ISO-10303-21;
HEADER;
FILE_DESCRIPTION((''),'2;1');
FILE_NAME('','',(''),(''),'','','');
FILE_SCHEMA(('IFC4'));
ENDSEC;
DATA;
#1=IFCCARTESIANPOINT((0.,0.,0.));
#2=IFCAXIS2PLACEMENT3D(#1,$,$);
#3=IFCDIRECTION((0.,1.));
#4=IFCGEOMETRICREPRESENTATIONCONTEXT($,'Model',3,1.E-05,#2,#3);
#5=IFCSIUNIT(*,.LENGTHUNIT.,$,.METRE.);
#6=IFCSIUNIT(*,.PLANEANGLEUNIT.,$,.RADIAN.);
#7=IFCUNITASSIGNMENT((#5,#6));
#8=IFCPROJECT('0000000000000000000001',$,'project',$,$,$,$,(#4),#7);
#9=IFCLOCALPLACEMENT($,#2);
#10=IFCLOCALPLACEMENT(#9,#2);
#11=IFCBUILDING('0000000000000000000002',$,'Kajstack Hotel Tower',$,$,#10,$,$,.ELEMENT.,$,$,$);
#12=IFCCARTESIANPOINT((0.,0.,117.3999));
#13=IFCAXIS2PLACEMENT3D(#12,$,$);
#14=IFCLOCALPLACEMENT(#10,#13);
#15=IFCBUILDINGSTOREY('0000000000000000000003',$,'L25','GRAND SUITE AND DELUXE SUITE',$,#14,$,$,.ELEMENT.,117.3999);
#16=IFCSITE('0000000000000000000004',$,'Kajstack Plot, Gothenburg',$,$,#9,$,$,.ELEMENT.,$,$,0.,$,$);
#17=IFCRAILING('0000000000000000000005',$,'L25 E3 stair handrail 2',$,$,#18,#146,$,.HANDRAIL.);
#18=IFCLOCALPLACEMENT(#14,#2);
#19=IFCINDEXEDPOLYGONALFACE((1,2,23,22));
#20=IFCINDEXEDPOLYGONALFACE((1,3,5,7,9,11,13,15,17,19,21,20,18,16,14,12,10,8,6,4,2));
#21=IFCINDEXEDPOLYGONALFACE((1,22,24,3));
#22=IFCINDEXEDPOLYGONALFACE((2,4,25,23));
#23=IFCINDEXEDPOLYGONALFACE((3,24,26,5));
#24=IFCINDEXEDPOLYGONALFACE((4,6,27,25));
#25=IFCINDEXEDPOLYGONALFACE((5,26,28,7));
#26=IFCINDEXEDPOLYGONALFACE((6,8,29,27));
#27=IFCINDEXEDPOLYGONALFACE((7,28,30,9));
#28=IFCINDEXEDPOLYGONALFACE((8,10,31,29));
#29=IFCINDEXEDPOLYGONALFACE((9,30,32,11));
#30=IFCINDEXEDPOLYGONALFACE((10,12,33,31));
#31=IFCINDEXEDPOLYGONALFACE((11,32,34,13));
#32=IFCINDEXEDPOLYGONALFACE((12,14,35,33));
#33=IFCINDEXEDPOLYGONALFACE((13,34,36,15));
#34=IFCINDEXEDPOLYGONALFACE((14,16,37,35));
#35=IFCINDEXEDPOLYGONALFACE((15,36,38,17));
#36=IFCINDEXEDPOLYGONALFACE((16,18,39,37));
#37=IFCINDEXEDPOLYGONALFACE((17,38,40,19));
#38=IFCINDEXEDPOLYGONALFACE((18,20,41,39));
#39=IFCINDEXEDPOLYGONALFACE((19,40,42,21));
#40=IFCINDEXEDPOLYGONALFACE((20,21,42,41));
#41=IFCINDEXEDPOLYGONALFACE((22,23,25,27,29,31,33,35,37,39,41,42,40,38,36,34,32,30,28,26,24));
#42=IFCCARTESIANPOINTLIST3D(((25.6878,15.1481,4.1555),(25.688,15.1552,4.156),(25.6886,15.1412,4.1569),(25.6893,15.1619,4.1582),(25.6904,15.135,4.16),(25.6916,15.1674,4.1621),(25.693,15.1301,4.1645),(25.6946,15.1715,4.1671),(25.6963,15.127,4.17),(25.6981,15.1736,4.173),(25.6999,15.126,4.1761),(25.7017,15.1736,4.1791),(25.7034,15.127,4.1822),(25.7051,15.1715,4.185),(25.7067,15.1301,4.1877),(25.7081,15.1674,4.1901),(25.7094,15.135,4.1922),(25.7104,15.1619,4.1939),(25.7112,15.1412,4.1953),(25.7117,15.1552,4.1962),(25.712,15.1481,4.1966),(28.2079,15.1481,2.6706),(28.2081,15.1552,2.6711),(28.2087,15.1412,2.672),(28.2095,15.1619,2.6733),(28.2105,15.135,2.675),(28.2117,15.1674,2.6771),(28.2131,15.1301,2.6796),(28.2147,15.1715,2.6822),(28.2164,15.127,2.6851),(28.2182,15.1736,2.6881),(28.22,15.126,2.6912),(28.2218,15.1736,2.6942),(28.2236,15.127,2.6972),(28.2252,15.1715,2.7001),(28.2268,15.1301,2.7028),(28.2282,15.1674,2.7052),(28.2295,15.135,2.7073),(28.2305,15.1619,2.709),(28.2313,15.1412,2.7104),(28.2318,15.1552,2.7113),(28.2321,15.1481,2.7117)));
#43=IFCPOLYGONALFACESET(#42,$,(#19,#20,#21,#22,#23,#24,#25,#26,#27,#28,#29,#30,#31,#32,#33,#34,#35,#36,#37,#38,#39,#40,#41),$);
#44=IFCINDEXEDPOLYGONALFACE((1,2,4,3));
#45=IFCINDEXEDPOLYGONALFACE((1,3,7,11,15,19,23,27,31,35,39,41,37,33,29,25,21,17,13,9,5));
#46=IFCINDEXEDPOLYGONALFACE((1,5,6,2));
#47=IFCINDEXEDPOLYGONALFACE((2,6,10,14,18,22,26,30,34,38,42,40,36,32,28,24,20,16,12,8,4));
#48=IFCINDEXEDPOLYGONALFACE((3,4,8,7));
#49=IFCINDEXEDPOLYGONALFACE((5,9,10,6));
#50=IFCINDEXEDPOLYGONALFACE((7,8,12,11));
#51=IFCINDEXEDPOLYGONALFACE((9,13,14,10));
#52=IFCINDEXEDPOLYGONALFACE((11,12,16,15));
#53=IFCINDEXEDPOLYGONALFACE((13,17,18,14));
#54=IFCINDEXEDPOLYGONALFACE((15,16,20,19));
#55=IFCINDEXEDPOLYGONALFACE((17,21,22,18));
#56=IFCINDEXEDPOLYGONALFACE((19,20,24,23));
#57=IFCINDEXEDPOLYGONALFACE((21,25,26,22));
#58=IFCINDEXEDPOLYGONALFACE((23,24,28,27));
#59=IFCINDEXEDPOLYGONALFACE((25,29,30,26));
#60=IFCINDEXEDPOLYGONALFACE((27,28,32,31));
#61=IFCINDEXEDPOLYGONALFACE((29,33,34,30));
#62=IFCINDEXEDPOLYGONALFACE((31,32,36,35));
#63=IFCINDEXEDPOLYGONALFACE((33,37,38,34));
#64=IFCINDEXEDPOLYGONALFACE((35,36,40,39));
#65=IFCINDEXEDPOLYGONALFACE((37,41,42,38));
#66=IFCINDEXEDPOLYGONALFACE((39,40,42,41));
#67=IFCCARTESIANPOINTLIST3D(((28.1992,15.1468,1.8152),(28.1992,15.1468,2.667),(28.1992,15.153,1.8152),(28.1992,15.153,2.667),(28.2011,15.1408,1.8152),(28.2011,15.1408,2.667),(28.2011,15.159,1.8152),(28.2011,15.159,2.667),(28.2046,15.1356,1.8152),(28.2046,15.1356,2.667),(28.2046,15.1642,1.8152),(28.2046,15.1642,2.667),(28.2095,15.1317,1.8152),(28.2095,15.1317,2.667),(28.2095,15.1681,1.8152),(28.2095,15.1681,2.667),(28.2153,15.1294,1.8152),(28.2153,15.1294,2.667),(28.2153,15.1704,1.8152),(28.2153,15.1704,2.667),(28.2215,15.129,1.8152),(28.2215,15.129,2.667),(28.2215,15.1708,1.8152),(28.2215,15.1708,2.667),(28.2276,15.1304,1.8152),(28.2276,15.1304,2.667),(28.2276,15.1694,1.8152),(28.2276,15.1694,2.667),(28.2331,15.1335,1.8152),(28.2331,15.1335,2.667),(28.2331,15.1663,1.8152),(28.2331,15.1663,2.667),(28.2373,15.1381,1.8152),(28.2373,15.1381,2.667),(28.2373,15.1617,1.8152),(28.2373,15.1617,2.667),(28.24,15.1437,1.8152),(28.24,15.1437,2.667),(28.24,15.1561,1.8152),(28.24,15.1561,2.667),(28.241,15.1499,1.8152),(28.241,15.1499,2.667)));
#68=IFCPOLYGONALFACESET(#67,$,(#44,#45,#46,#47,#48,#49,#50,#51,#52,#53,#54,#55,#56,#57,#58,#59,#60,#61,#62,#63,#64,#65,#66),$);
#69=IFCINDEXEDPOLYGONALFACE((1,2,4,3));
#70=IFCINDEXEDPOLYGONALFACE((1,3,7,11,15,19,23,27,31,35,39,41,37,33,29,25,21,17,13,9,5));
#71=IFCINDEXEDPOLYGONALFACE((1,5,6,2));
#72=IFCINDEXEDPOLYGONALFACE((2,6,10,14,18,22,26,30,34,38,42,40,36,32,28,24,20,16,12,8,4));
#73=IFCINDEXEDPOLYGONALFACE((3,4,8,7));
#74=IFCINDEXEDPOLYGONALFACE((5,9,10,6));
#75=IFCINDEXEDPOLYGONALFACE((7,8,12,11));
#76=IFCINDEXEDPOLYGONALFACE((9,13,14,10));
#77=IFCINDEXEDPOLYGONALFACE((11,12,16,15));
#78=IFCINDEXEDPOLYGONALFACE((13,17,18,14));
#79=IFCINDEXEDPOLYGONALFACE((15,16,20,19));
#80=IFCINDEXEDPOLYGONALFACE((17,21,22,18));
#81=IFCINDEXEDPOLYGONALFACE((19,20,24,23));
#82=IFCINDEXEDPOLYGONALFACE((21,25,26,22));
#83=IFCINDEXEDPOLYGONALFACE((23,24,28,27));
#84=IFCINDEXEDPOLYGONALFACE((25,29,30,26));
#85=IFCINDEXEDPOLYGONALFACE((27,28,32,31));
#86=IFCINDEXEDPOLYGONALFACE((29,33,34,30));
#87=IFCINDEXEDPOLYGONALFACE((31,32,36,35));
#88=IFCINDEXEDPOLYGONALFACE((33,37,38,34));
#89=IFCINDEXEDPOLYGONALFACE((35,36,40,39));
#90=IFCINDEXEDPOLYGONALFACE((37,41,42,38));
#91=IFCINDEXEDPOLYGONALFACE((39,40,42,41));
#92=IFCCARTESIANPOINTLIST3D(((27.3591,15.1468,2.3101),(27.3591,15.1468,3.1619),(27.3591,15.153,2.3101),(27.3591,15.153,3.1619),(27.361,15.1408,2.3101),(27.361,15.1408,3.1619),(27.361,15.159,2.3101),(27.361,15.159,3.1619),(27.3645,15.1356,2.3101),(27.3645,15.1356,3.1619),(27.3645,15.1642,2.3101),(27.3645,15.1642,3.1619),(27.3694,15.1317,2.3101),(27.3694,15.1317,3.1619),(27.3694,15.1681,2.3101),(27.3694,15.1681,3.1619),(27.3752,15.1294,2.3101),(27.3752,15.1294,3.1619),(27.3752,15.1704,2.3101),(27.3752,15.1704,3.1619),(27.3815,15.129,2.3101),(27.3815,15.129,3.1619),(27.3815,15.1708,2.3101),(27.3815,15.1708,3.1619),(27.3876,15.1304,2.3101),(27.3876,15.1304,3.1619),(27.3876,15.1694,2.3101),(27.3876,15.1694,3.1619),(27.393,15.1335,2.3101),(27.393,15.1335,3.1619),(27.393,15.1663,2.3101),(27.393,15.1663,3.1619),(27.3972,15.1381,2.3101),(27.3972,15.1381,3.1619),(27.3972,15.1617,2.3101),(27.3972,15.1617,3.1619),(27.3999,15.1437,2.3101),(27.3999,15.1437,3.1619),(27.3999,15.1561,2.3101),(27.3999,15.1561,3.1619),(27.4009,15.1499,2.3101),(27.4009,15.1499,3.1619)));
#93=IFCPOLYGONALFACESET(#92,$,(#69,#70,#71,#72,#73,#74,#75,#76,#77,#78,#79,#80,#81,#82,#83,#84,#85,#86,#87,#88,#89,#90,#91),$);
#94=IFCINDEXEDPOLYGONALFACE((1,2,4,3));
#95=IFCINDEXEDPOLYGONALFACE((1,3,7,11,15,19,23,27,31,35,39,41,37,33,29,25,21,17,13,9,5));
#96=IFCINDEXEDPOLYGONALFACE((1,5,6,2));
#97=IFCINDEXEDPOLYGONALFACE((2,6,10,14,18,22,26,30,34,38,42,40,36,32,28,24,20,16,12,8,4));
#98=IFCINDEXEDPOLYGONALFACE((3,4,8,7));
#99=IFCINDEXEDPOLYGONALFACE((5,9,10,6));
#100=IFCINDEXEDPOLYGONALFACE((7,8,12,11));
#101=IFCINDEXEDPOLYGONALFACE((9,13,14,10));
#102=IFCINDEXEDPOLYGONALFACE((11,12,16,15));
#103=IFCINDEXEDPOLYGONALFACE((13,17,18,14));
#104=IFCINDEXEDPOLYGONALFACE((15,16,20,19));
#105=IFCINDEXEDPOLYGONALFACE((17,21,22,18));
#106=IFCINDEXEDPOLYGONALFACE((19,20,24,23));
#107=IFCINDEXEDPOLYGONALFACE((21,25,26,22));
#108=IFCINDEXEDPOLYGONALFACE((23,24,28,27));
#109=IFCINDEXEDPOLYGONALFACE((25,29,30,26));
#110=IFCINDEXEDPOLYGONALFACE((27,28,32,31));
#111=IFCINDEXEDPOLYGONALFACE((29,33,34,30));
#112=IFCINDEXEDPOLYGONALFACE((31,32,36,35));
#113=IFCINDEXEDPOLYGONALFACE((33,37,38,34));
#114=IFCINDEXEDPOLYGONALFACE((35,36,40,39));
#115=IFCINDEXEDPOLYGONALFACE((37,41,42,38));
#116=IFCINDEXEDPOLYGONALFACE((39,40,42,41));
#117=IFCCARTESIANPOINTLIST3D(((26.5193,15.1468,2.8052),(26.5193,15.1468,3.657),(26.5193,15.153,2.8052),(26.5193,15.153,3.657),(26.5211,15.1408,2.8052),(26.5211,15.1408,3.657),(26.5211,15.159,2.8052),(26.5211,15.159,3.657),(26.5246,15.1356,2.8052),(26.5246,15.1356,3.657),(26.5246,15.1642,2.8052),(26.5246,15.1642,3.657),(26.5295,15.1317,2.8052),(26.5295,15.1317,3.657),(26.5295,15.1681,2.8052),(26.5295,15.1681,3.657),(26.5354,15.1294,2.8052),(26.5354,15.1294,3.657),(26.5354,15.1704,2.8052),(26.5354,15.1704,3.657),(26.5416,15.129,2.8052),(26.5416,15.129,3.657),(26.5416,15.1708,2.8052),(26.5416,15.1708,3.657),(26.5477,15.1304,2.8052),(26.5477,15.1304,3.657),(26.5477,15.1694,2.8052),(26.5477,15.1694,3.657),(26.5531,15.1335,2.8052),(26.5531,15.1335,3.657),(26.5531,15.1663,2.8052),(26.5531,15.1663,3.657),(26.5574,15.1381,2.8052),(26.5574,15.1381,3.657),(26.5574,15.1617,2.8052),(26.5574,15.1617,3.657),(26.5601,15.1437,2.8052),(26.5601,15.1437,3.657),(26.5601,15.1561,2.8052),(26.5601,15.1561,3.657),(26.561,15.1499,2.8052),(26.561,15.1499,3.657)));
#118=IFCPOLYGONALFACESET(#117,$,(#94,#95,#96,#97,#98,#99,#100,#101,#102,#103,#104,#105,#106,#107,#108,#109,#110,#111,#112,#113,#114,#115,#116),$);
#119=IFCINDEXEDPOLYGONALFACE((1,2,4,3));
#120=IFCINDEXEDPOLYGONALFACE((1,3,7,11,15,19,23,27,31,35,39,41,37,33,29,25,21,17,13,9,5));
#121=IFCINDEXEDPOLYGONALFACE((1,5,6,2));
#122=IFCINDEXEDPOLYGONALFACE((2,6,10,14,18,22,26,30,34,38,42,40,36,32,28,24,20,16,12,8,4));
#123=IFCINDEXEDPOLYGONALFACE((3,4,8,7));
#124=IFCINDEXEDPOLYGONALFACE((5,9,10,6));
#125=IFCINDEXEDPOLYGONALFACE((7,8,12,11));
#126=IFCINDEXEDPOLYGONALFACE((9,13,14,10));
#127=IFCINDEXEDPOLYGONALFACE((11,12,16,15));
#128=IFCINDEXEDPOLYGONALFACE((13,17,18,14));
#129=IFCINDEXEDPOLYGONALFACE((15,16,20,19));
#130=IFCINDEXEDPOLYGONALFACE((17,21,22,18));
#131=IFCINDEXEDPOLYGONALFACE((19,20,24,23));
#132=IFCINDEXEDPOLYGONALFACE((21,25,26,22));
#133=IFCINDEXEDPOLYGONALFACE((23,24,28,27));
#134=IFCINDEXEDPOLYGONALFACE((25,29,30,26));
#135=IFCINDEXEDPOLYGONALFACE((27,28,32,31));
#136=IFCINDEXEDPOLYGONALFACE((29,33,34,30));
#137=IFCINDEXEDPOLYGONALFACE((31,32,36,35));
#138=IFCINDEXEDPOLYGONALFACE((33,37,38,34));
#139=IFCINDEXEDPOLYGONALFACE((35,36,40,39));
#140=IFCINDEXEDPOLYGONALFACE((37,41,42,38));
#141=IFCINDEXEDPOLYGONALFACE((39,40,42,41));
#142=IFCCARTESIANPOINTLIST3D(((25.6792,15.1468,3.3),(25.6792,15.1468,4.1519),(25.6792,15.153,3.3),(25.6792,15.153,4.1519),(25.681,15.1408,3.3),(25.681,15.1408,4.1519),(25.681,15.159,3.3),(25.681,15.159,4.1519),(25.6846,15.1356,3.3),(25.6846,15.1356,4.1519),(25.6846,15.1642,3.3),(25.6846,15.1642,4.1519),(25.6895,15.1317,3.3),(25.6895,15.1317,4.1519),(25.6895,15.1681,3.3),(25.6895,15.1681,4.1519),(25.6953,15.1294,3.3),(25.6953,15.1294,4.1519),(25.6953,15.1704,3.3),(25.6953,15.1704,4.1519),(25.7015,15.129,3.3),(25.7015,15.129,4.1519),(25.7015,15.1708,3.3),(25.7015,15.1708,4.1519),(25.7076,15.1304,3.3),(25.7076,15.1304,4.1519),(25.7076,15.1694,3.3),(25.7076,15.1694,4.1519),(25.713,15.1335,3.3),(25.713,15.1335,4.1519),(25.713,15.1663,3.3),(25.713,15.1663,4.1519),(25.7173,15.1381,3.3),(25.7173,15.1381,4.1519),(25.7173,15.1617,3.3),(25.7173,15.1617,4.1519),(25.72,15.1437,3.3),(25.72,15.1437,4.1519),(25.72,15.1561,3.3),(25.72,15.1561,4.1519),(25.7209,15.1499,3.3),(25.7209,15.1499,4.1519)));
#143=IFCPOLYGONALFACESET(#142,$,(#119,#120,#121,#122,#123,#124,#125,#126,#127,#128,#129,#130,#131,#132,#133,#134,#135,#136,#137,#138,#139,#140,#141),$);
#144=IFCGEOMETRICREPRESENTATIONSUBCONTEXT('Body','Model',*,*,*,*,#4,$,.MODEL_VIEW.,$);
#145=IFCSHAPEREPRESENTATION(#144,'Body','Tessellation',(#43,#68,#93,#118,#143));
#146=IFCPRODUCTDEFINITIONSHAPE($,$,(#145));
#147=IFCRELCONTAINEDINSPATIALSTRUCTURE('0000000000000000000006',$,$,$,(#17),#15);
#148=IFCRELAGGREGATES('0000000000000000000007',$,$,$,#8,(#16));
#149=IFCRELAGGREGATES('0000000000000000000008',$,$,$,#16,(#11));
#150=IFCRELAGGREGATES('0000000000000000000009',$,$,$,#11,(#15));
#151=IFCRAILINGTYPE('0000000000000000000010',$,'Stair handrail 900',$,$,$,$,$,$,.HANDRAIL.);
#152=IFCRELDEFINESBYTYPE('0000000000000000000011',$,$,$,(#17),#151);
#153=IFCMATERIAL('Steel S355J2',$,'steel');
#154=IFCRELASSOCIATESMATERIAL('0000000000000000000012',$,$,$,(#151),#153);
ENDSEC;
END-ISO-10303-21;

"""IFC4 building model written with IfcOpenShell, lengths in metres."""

from ifc_helpers import new_model, si_unit, direction, frame, origin, origin_2d, place, context, subcontext, project, spatial, circle, extrude, material, type_object, element, save


model = new_model("IFC4")

# Units and contexts
model_context = context("Model", 3, precision=1e-05, world=origin(), true_north=direction((0.0, 1.0)))
body_context = subcontext(model_context, "Body", "Model", "MODEL_VIEW")
ifc_project = project(units=[si_unit("LENGTHUNIT", "METRE"), si_unit("PLANEANGLEUNIT", "RADIAN")], contexts=[model_context])

# Site, building, storey
site_placement = place(None, origin())
site = spatial("IfcSite", under=ifc_project, at=site_placement, Name="Kajstack Plot, Gothenburg", CompositionType="ELEMENT", RefElevation=0.0)
building_placement = place(site_placement, origin())
building = spatial("IfcBuilding", under=site, at=building_placement, Name="Kajstack Hotel Tower", CompositionType="ELEMENT")
storey_placement = place(building_placement, frame((0.0, 0.0, 117.3999)))
storey = spatial("IfcBuildingStorey", under=building, at=storey_placement, Name="L25", Description="GRAND SUITE AND DELUXE SUITE", CompositionType="ELEMENT", Elevation=117.3999)

# Railing
ifc_material_1 = material(Name="Steel S355J2", Category="steel")
railing_type_1 = type_object("IfcRailingType", Name="Stair handrail 900", PredefinedType="HANDRAIL", material=ifc_material_1)
railing_1_placement = place(storey_placement, frame((28.22, 15.1499, 1.8152)))
element("IfcRailing", 1, at=railing_1_placement, inside=storey, type_object=railing_type_1, Name="L25 E3 stair handrail 2", PredefinedType="HANDRAIL", context=body_context, shape_type="SweptSolid", body=[
    extrude(circle(Radius=0.0239, at=origin_2d()), frame((0.0, 0.0, 0.876), z_axis=(-0.861561, 0.0, 0.507655), x_axis=(0.0, -1.0, 0.0)), (0.0, 0.0, 1.0), 2.925),
    extrude(circle(Radius=0.021, at=origin_2d()), origin(), (0.0, 0.0, 1.0), 0.8518),
    extrude(circle(Radius=0.021, at=origin_2d()), frame((-0.8401, 0.0, 0.4949)), (0.0, 0.0, 1.0), 0.8518),
    extrude(circle(Radius=0.021, at=origin_2d()), frame((-1.6799, 0.0, 0.99)), (0.0, 0.0, 1.0), 0.8518),
    extrude(circle(Radius=0.021, at=origin_2d()), frame((-2.52, 0.0, 1.4849)), (0.0, 0.0, 1.0), 0.8518),
])

save(model, "model.ifc")
